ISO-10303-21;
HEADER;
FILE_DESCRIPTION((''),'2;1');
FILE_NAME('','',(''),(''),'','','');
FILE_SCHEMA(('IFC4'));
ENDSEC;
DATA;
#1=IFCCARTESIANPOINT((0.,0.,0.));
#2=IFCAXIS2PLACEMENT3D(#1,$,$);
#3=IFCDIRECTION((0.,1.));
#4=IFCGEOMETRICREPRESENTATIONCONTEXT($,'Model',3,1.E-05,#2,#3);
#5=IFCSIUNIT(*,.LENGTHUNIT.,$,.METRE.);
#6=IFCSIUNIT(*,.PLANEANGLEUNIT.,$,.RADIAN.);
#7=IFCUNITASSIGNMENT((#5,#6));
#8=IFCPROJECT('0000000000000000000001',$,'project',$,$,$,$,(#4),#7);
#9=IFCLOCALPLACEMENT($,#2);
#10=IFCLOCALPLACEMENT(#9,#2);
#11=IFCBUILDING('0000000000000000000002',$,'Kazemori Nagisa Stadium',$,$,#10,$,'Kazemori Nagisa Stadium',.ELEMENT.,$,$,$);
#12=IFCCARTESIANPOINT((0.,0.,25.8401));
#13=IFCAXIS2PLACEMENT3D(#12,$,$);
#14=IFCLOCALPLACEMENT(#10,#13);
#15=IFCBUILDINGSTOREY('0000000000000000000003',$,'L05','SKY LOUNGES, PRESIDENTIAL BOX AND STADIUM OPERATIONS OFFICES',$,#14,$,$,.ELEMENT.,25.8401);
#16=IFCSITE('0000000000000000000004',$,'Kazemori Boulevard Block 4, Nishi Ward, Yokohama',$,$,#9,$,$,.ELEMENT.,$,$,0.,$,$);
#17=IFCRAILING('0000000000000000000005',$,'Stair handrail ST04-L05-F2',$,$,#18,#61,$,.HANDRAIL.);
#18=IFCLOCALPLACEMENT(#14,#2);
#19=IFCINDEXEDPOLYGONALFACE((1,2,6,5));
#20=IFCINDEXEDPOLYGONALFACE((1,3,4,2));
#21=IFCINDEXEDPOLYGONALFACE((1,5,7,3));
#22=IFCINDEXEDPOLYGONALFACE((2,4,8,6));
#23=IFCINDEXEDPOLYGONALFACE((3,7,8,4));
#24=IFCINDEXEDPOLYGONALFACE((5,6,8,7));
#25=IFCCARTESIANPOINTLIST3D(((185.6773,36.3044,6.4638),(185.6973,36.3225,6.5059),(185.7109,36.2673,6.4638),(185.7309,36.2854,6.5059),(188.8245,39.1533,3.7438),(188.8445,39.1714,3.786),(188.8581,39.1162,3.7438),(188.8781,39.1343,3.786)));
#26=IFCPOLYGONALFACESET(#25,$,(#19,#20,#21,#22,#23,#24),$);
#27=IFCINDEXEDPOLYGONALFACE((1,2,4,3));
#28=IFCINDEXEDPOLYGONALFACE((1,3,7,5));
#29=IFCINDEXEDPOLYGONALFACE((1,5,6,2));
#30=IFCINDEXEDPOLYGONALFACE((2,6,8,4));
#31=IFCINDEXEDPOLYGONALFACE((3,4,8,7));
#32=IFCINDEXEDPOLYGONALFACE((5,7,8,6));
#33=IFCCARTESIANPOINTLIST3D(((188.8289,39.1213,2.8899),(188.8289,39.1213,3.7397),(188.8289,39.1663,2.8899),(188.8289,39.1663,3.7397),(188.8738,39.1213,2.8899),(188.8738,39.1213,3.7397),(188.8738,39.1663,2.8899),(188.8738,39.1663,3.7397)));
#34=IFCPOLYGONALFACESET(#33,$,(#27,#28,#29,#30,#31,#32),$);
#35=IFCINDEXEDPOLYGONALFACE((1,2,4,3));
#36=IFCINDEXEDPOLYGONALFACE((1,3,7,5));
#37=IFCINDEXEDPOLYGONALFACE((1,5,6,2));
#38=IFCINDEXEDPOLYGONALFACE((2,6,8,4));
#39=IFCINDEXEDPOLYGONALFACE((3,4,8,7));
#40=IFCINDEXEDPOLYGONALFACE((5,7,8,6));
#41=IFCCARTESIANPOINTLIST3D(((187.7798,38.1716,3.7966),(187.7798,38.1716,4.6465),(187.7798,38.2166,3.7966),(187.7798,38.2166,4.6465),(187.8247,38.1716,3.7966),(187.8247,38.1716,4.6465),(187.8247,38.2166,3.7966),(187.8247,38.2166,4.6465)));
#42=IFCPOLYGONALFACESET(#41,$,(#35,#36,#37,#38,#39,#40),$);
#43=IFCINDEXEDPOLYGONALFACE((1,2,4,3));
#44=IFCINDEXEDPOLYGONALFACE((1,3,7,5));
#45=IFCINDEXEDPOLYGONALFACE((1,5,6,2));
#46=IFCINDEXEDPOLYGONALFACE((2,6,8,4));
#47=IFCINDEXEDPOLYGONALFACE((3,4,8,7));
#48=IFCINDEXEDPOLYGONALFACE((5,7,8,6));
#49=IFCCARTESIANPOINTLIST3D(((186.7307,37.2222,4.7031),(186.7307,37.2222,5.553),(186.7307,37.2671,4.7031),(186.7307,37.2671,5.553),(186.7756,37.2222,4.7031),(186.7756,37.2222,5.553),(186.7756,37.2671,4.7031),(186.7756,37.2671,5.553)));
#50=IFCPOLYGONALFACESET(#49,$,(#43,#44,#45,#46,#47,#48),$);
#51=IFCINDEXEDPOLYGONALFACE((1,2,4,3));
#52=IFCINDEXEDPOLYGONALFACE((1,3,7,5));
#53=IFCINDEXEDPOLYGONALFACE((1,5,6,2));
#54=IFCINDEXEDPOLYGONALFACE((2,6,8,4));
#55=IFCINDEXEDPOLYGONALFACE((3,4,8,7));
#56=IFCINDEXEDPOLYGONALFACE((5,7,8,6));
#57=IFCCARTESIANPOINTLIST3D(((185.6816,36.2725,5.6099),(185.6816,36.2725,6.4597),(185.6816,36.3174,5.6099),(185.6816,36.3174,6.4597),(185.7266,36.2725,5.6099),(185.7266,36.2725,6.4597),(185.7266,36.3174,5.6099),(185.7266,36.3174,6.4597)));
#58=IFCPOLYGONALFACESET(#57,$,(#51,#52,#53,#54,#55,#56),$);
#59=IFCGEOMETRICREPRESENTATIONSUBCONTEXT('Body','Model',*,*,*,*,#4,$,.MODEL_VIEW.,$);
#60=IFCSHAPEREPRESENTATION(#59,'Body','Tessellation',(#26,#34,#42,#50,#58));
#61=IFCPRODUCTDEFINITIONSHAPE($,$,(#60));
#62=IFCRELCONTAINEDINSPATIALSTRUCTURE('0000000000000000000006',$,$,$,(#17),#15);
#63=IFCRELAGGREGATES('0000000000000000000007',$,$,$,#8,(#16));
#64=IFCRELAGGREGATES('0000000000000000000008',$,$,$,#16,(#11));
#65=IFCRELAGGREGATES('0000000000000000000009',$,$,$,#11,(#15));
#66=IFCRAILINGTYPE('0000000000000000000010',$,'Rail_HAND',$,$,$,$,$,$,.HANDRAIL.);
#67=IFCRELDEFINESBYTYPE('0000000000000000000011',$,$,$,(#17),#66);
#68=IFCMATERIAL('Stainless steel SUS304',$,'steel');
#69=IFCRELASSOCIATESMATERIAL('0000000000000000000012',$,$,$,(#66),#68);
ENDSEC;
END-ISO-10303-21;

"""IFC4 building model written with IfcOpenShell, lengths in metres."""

from ifc_helpers import new_model, si_unit, direction, frame, origin, origin_2d, place, context, subcontext, project, spatial, rectangle, extrude, material, type_object, element, save


model = new_model("IFC4")

# Units and contexts
model_context = context("Model", 3, precision=1e-05, world=origin(), true_north=direction((0.0, 1.0)))
body_context = subcontext(model_context, "Body", "Model", "MODEL_VIEW")
ifc_project = project(units=[si_unit("LENGTHUNIT", "METRE"), si_unit("PLANEANGLEUNIT", "RADIAN")], contexts=[model_context])

# Site, building, storey
site_placement = place(None, origin())
site = spatial("IfcSite", under=ifc_project, at=site_placement, Name="Kazemori Boulevard Block 4, Nishi Ward, Yokohama", CompositionType="ELEMENT", RefElevation=0.0)
building_placement = place(site_placement, origin())
building = spatial("IfcBuilding", under=site, at=building_placement, Name="Kazemori Nagisa Stadium", LongName="Kazemori Nagisa Stadium", CompositionType="ELEMENT")
storey_placement = place(building_placement, frame((0.0, 0.0, 25.8401)))
storey = spatial("IfcBuildingStorey", under=building, at=storey_placement, Name="L05", Description="SKY LOUNGES, PRESIDENTIAL BOX AND STADIUM OPERATIONS OFFICES", CompositionType="ELEMENT", Elevation=25.8401)

# Railing
ifc_material_1 = material(Name="Stainless steel SUS304", Category="steel")
railing_type_1 = type_object("IfcRailingType", Name="Rail_HAND", PredefinedType="HANDRAIL", material=ifc_material_1)
railing_1_placement = place(storey_placement, frame((188.8513, 39.1438, 2.8899)))
element("IfcRailing", 1, at=railing_1_placement, inside=storey, type_object=railing_type_1, Name="Stair handrail ST04-L05-F2", PredefinedType="HANDRAIL", context=body_context, shape_type="SweptSolid", body=[
    extrude(rectangle(XDim=0.05, YDim=0.05, at=origin_2d()), frame((0.0, 0.0, 0.875), z_axis=(-0.62423, -0.565056, 0.539489), x_axis=(0.671094, -0.741372, 0.0)), (0.0, 0.0, 1.0), 5.0417),
    extrude(rectangle(XDim=0.0449, YDim=0.0449, at=origin_2d()), origin(), (0.0, 0.0, 1.0), 0.8499),
    extrude(rectangle(XDim=0.0449, YDim=0.0449, at=origin_2d()), frame((-1.0491, -0.9497, 0.9067)), (0.0, 0.0, 1.0), 0.8499),
    extrude(rectangle(XDim=0.0449, YDim=0.0449, at=origin_2d()), frame((-2.0981, -1.8992, 1.8132)), (0.0, 0.0, 1.0), 0.8499),
    extrude(rectangle(XDim=0.0449, YDim=0.0449, at=origin_2d()), frame((-3.1472, -2.8489, 2.72)), (0.0, 0.0, 1.0), 0.8499),
])

save(model, "model.ifc")
